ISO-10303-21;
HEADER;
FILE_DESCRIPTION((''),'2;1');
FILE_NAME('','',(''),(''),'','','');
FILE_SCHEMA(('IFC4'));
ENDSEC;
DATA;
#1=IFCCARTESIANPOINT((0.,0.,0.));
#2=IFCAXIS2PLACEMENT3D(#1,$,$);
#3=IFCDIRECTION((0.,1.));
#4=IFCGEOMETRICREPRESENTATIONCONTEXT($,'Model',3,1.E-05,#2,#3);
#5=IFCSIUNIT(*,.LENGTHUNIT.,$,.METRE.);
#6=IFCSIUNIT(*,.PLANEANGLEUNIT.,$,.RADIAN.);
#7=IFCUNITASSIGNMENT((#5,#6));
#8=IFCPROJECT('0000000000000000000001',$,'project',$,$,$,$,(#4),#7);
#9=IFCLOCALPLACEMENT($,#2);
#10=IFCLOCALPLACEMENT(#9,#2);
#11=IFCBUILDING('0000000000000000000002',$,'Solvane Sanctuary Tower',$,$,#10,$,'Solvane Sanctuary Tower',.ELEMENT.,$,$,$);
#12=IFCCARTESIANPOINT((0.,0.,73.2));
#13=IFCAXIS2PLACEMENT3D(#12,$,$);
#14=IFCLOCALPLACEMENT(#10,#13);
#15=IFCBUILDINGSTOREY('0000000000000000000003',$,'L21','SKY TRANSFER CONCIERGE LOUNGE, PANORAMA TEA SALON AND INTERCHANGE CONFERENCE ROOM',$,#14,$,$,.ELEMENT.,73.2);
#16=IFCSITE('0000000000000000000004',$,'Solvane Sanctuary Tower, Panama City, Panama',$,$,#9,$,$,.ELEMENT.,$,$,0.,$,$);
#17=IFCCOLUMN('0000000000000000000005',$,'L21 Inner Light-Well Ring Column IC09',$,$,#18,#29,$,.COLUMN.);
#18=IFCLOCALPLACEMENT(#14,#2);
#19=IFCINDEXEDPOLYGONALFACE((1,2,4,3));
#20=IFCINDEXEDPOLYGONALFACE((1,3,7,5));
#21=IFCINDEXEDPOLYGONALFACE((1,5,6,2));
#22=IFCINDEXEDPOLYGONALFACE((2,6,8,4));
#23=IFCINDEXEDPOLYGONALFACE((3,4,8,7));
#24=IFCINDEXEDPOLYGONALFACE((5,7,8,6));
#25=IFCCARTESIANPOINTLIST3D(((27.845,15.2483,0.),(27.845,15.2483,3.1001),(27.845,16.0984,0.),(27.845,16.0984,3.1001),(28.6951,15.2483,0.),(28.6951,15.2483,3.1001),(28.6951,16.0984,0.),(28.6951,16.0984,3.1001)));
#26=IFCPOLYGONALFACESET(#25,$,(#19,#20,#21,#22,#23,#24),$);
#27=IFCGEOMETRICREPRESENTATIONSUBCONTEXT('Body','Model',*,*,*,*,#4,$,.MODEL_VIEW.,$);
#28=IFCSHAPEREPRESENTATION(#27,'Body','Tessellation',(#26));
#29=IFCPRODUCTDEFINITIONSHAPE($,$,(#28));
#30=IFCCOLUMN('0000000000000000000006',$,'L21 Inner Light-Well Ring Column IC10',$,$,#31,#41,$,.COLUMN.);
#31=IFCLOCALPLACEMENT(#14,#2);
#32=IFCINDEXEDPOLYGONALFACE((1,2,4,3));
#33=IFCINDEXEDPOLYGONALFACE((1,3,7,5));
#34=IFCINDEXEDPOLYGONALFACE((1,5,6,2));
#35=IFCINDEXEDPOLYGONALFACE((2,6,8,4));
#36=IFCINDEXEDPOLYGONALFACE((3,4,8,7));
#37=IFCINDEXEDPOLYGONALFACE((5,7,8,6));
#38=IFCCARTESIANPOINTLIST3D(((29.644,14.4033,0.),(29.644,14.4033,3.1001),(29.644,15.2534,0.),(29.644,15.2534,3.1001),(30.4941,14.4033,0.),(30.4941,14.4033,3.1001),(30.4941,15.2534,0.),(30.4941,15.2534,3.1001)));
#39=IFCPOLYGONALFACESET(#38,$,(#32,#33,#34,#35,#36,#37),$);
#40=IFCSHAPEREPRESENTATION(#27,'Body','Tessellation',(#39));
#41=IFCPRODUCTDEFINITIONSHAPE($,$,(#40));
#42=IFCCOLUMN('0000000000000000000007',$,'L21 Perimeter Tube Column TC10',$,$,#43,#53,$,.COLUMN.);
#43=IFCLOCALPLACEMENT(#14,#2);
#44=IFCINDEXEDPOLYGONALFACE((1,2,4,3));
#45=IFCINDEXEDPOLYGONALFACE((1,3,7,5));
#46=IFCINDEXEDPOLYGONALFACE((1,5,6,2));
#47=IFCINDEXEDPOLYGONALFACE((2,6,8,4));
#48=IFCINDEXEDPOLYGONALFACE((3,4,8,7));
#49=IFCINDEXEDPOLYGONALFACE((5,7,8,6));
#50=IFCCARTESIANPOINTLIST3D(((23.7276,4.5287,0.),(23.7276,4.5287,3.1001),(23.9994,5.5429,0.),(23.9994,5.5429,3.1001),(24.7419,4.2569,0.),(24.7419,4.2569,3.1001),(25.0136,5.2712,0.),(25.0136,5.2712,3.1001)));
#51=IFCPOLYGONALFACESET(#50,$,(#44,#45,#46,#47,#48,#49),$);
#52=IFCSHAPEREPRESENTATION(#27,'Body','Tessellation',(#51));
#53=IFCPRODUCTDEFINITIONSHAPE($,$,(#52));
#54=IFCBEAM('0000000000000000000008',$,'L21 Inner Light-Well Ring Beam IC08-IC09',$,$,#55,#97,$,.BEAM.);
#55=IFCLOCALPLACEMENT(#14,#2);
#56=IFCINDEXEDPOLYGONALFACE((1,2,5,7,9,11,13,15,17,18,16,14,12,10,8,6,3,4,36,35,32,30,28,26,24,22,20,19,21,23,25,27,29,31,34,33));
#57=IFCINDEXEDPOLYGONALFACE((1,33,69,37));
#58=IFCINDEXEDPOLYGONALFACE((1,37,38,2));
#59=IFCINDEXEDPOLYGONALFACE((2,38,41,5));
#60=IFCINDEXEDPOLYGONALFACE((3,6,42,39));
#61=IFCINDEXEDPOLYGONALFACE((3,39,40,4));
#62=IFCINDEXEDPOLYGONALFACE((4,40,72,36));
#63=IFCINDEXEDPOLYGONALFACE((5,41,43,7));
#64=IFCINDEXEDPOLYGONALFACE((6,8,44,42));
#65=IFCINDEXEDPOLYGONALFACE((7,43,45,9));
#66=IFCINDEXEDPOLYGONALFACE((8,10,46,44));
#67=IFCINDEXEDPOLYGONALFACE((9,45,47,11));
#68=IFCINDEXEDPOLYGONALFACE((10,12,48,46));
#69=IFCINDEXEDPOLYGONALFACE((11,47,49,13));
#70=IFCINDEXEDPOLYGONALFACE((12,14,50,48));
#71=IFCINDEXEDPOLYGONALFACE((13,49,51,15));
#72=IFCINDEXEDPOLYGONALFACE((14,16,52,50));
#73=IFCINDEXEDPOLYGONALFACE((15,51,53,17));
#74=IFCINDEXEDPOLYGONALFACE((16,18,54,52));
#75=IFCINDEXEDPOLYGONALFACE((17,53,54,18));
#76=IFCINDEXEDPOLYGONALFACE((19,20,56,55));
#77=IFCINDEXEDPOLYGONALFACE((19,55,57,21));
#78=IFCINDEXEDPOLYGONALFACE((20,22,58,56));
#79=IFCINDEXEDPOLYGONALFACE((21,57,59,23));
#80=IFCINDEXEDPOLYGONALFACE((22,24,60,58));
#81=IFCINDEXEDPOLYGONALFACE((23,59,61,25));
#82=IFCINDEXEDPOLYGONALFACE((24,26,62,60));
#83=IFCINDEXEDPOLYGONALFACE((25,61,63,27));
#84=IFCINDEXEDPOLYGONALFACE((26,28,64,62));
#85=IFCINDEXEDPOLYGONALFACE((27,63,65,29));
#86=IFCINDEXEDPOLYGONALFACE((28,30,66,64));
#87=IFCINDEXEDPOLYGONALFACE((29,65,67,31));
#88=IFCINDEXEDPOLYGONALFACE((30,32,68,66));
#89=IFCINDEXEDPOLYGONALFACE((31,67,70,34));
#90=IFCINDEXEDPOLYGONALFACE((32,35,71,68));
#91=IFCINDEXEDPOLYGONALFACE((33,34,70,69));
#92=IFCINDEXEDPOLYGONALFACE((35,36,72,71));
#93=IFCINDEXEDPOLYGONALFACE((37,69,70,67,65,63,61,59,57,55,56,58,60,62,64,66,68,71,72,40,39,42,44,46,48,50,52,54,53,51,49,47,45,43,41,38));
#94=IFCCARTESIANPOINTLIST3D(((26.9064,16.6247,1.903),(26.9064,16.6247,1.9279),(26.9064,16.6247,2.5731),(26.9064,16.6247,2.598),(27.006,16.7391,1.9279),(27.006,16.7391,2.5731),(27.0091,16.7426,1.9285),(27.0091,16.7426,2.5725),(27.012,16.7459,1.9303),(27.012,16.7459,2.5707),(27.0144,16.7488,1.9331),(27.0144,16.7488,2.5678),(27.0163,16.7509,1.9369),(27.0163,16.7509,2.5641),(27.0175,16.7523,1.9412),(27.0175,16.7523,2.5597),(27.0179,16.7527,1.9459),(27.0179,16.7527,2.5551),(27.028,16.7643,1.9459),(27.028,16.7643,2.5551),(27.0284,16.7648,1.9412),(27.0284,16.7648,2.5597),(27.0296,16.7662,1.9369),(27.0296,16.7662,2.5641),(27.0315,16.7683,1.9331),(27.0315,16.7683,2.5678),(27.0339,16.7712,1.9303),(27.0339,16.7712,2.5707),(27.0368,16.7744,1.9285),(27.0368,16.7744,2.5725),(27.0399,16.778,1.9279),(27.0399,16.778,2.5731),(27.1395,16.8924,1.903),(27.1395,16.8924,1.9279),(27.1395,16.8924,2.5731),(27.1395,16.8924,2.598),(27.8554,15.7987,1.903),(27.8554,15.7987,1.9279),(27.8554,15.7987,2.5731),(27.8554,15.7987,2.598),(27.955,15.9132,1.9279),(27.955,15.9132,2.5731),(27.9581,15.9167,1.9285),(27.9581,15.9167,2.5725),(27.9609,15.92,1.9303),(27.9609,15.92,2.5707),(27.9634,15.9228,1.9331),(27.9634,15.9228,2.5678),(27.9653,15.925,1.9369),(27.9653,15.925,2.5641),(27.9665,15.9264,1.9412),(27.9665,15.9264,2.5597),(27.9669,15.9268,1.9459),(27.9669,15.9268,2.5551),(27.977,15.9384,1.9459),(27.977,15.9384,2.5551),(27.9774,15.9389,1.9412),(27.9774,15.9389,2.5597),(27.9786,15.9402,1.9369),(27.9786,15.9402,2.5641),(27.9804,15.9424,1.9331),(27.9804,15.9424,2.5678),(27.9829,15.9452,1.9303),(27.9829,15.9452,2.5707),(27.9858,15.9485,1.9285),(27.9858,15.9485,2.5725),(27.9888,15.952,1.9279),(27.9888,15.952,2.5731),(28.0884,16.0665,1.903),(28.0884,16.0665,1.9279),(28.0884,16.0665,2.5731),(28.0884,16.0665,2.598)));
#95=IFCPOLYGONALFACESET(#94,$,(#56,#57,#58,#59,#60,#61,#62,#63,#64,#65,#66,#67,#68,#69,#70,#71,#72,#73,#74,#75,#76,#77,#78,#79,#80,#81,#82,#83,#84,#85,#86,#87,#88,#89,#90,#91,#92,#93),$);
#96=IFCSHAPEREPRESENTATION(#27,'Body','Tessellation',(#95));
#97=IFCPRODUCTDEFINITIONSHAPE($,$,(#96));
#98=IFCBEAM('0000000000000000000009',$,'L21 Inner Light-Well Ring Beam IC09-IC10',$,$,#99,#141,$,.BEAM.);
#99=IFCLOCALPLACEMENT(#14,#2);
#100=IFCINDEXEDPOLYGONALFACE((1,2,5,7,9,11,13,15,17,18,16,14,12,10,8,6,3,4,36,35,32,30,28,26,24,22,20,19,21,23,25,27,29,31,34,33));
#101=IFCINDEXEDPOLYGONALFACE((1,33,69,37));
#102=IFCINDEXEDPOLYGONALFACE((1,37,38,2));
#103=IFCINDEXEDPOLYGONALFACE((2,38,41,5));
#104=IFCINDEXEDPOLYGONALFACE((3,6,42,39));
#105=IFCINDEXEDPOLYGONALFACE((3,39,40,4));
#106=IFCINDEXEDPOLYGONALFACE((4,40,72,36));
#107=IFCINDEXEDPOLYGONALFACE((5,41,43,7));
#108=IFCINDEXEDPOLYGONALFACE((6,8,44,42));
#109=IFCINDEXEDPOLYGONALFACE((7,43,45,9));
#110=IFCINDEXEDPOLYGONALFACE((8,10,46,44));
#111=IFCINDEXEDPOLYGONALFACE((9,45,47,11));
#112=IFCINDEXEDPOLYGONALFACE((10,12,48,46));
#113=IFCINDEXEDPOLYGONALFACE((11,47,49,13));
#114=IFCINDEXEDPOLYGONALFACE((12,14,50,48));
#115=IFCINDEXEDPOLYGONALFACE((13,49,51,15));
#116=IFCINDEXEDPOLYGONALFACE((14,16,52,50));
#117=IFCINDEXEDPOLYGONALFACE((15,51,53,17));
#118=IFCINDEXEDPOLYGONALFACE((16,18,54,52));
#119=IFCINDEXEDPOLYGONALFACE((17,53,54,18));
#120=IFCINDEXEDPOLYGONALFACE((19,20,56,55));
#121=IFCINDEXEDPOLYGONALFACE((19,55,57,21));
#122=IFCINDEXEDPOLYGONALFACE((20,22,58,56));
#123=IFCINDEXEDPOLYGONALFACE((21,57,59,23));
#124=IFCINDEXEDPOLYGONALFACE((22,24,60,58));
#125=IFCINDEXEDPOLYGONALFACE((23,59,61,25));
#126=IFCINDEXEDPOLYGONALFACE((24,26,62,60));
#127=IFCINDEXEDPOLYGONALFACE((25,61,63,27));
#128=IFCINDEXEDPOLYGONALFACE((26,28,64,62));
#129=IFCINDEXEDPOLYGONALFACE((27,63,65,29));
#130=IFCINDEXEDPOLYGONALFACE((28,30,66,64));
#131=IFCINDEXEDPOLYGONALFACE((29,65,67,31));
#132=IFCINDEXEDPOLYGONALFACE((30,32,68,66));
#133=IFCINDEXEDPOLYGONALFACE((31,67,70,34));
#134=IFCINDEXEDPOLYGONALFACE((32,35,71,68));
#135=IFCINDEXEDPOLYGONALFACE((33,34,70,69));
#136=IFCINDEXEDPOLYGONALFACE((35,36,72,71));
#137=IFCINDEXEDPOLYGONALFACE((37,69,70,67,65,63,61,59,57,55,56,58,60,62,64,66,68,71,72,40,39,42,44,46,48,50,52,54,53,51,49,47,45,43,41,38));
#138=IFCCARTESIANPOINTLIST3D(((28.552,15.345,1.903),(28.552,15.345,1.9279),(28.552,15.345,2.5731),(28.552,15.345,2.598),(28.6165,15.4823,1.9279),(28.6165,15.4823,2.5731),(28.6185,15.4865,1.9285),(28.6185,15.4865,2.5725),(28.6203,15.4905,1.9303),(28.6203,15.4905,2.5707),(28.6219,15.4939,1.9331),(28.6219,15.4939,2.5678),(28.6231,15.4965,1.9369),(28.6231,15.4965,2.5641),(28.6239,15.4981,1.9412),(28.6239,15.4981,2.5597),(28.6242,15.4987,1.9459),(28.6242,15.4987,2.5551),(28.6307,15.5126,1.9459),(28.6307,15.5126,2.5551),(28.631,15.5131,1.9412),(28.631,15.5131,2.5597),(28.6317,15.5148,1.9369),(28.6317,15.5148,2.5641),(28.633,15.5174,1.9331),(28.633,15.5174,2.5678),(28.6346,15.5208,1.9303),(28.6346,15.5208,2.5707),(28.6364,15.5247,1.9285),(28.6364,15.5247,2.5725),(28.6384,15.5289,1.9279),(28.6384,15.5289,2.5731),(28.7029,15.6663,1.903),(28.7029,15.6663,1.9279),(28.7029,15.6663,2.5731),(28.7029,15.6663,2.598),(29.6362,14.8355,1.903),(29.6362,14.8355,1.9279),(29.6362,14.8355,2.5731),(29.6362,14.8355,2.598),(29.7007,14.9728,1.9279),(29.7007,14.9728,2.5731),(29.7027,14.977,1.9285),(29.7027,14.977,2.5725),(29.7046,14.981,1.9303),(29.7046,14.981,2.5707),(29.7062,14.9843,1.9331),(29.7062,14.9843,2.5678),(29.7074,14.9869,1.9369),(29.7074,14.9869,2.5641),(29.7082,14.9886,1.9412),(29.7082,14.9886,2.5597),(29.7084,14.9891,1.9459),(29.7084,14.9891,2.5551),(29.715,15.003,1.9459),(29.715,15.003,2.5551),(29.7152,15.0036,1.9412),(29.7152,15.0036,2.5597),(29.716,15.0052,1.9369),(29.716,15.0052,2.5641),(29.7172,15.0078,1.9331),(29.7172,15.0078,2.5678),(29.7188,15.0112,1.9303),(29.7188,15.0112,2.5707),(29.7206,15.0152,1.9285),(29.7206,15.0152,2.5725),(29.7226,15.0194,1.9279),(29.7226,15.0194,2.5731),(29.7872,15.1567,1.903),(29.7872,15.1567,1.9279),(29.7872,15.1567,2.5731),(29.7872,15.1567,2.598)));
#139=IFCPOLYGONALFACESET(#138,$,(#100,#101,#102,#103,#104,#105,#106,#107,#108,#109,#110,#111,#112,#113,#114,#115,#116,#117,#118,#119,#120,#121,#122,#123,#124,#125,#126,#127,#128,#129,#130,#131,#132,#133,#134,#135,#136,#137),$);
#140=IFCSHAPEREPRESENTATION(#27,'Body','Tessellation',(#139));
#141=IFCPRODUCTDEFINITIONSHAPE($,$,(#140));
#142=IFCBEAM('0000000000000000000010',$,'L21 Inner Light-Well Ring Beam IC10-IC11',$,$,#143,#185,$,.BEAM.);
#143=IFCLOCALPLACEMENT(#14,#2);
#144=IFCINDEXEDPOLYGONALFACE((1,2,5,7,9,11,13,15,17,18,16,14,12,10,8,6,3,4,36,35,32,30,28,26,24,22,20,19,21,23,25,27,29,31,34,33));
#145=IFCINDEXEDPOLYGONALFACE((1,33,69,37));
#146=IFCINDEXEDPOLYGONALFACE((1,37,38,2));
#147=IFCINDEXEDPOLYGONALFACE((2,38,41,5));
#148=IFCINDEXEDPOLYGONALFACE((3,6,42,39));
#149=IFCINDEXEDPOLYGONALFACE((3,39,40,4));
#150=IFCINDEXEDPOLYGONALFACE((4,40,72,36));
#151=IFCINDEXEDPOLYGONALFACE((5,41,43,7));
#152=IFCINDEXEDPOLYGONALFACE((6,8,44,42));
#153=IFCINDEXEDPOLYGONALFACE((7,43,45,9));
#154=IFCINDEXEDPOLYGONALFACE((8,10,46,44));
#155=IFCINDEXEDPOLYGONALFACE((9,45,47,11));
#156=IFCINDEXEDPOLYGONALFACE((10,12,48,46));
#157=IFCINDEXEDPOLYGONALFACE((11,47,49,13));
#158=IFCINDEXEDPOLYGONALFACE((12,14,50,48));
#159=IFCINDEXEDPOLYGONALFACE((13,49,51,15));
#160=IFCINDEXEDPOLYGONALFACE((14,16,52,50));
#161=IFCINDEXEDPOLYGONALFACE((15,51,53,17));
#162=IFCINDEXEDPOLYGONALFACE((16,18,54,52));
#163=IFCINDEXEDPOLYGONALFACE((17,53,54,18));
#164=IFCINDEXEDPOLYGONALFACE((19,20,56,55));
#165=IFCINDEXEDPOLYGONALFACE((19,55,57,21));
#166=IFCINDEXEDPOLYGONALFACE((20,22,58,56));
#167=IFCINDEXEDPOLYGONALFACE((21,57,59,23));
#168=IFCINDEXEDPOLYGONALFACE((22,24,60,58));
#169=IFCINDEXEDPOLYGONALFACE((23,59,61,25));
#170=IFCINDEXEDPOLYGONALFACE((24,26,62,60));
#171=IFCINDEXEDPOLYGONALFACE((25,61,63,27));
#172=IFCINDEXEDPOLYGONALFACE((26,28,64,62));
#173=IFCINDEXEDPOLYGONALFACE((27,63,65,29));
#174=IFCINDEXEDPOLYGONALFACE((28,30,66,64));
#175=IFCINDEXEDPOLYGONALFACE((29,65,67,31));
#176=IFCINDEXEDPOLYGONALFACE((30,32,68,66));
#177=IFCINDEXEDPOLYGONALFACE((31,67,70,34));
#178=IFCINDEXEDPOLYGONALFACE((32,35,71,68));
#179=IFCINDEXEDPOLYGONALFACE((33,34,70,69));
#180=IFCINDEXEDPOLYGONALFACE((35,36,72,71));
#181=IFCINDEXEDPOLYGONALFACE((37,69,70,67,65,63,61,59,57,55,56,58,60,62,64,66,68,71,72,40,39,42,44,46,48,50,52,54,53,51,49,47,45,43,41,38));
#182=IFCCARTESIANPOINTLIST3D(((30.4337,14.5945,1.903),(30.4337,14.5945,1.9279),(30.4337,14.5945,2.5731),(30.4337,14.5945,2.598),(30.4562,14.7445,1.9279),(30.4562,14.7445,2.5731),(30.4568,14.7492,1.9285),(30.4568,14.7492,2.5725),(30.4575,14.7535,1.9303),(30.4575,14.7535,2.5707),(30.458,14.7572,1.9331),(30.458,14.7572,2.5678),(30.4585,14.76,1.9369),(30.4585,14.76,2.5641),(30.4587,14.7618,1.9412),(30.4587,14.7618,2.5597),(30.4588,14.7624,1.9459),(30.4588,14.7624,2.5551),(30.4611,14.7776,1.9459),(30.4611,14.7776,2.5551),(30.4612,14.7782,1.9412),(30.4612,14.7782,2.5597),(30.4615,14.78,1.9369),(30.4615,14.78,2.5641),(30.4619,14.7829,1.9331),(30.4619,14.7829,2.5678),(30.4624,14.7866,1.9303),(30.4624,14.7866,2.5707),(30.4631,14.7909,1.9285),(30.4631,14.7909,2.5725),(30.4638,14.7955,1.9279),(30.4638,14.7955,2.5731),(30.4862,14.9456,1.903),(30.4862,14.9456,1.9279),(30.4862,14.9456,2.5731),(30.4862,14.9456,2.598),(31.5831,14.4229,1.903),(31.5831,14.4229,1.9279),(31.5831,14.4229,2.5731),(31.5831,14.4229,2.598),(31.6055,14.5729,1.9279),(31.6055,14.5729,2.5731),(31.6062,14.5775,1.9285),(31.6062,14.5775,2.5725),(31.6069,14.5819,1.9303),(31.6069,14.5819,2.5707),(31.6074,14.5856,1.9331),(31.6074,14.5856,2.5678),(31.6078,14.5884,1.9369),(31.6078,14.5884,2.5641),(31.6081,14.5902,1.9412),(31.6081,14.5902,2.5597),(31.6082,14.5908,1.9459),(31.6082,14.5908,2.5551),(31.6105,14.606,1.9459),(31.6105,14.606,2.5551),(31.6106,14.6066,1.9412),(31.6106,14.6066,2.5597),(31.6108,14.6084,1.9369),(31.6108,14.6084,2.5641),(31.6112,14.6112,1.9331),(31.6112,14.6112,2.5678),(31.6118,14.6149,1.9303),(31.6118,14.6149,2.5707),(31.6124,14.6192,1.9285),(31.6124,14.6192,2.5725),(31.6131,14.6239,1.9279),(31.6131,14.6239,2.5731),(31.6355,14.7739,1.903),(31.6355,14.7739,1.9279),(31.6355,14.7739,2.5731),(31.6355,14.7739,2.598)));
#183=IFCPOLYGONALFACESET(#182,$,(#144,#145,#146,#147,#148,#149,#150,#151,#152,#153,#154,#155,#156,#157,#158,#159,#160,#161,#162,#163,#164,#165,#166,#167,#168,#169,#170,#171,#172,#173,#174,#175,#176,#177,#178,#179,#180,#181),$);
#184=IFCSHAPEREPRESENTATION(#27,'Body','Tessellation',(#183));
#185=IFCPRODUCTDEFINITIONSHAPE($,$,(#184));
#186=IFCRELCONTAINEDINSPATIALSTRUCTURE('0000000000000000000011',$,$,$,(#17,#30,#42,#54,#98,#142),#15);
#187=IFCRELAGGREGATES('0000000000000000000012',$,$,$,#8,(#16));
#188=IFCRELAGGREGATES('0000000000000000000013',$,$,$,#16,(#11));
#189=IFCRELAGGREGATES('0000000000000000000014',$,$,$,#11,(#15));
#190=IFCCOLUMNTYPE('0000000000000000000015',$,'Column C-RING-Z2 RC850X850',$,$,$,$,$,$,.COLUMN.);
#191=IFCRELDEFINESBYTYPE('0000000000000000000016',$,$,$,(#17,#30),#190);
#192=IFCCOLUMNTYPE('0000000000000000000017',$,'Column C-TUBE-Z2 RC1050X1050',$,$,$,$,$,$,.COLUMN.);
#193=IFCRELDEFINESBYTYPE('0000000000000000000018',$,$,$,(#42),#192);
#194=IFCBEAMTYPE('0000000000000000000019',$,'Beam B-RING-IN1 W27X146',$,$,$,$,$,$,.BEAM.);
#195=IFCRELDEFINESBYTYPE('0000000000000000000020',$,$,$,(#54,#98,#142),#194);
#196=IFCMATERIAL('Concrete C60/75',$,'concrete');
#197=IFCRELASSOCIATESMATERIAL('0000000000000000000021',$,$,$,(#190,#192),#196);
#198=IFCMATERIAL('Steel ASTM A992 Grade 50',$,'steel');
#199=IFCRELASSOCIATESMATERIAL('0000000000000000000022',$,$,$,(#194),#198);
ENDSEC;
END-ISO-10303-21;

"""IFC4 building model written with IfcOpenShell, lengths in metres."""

from ifc_helpers import new_model, si_unit, direction, frame, origin, origin_2d, place, context, subcontext, project, spatial, rectangle, i_section, extrude, material, material_profile, profile_set, type_object, element, save


model = new_model("IFC4")

# Units and contexts
model_context = context("Model", 3, precision=1e-05, world=origin(), true_north=direction((0.0, 1.0)))
body_context = subcontext(model_context, "Body", "Model", "MODEL_VIEW")
ifc_project = project(units=[si_unit("LENGTHUNIT", "METRE"), si_unit("PLANEANGLEUNIT", "RADIAN")], contexts=[model_context])

# Site, building, storey
site_placement = place(None, origin())
site = spatial("IfcSite", under=ifc_project, at=site_placement, Name="Solvane Sanctuary Tower, Panama City, Panama", CompositionType="ELEMENT", RefElevation=0.0)
building_placement = place(site_placement, origin())
building = spatial("IfcBuilding", under=site, at=building_placement, Name="Solvane Sanctuary Tower", LongName="Solvane Sanctuary Tower", CompositionType="ELEMENT")
storey_placement = place(building_placement, frame((0.0, 0.0, 73.2)))
storey = spatial("IfcBuildingStorey", under=building, at=storey_placement, Name="L21", Description="SKY TRANSFER CONCIERGE LOUNGE, PANORAMA TEA SALON AND INTERCHANGE CONFERENCE ROOM", CompositionType="ELEMENT", Elevation=73.2)

# Columns
ifc_material_1 = material(Name="Concrete C60/75", Category="concrete")
ifc_material_profile_1 = material_profile(ifc_material_1, rectangle(XDim=0.8501, YDim=0.8501, at=origin_2d()), Name="RC850X850")
ifc_profile_set_1 = profile_set([ifc_material_profile_1], Name="Concrete C60/75")
column_type_1 = type_object("IfcColumnType", Name="Column C-RING-Z2 RC850X850", PredefinedType="COLUMN", material=ifc_profile_set_1)
for number, where, z_axis, x_axis, name in (
    (1, (28.27, 15.6733, 0.0), (0.0, 0.0, 1.0), (1.0, 0.0, 0.0), "L21 Inner Light-Well Ring Column IC09"),
    (2, (30.0691, 14.8284, 0.0), (0.0, 0.0, 1.0), (1.0, 0.0, 0.0), "L21 Inner Light-Well Ring Column IC10"),
):
    element("IfcColumn", number, at=place(storey_placement, frame(where, z_axis=z_axis, x_axis=x_axis)), inside=storey, type_object=column_type_1, Name=name, PredefinedType="COLUMN", context=body_context, shape_type="SweptSolid", body=[
        extrude(rectangle(XDim=0.8501, YDim=0.8501, at=origin_2d()), origin(), (0.0, 0.0, 1.0), 3.1001),
    ])
ifc_material_profile_2 = material_profile(ifc_material_1, rectangle(XDim=1.05, YDim=1.05, at=origin_2d()), Name="RC1050X1050")
ifc_profile_set_2 = profile_set([ifc_material_profile_2], Name="Concrete C60/75")
column_type_2 = type_object("IfcColumnType", Name="Column C-TUBE-Z2 RC1050X1050", PredefinedType="COLUMN", material=ifc_profile_set_2)
column_placement = place(storey_placement, frame((24.3706, 4.8999, 0.0), z_axis=(0.0, 0.0, 1.0), x_axis=(-0.258819, -0.965926, 0.0)))
element("IfcColumn", 3, at=column_placement, inside=storey, type_object=column_type_2, Name="L21 Perimeter Tube Column TC10", PredefinedType="COLUMN", context=body_context, shape_type="SweptSolid", body=[
    extrude(rectangle(XDim=1.05, YDim=1.05, at=origin_2d()), origin(), (0.0, 0.0, 1.0), 3.1001),
])

# Beams
ifc_material_2 = material(Name="Steel ASTM A992 Grade 50", Category="steel")
ifc_material_profile_3 = material_profile(ifc_material_2, i_section(OverallWidth=0.355, OverallDepth=0.6951, WebThickness=0.0154, FlangeThickness=0.0249, FilletRadius=0.0181, at=origin_2d()), Name="W27X146")
ifc_profile_set_3 = profile_set([ifc_material_profile_3], Name="Steel ASTM A992 Grade 50")
beam_type_1 = type_object("IfcBeamType", Name="Beam B-RING-IN1 W27X146", PredefinedType="BEAM", material=ifc_profile_set_3)
beam_1_placement = place(storey_placement, frame((27.0229, 16.7585, 2.2505), z_axis=(0.754317, -0.65651, 0.0), x_axis=(0.65651, 0.754317, 0.0)))
element("IfcBeam", 4, at=beam_1_placement, inside=storey, type_object=beam_type_1, Name="L21 Inner Light-Well Ring Beam IC08-IC09", PredefinedType="BEAM", context=body_context, shape_type="SweptSolid", body=[
    extrude(i_section(OverallWidth=0.355, OverallDepth=0.6951, WebThickness=0.0154, FlangeThickness=0.0249, FilletRadius=0.0181, at=origin_2d()), origin(), (0.0, 0.0, 1.0), 1.2581),
])
beam_2_placement = place(storey_placement, frame((28.6274, 15.5056, 2.2505), z_axis=(0.905045, -0.425316, 0.0), x_axis=(0.425316, 0.905045, 0.0)))
element("IfcBeam", 5, at=beam_2_placement, inside=storey, type_object=beam_type_1, Name="L21 Inner Light-Well Ring Beam IC09-IC10", PredefinedType="BEAM", context=body_context, shape_type="SweptSolid", body=[
    extrude(i_section(OverallWidth=0.355, OverallDepth=0.6951, WebThickness=0.0154, FlangeThickness=0.0249, FilletRadius=0.0181, at=origin_2d()), origin(), (0.0, 0.0, 1.0), 1.198),
])
beam_3_placement = place(storey_placement, frame((30.46, 14.77, 2.2505), z_axis=(0.989035, -0.147683, 0.0), x_axis=(0.147683, 0.989035, 0.0)))
element("IfcBeam", 6, at=beam_3_placement, inside=storey, type_object=beam_type_1, Name="L21 Inner Light-Well Ring Beam IC10-IC11", PredefinedType="BEAM", context=body_context, shape_type="SweptSolid", body=[
    extrude(i_section(OverallWidth=0.355, OverallDepth=0.6951, WebThickness=0.0154, FlangeThickness=0.0249, FilletRadius=0.0181, at=origin_2d()), origin(), (0.0, 0.0, 1.0), 1.1621),
])

save(model, "model.ifc")
